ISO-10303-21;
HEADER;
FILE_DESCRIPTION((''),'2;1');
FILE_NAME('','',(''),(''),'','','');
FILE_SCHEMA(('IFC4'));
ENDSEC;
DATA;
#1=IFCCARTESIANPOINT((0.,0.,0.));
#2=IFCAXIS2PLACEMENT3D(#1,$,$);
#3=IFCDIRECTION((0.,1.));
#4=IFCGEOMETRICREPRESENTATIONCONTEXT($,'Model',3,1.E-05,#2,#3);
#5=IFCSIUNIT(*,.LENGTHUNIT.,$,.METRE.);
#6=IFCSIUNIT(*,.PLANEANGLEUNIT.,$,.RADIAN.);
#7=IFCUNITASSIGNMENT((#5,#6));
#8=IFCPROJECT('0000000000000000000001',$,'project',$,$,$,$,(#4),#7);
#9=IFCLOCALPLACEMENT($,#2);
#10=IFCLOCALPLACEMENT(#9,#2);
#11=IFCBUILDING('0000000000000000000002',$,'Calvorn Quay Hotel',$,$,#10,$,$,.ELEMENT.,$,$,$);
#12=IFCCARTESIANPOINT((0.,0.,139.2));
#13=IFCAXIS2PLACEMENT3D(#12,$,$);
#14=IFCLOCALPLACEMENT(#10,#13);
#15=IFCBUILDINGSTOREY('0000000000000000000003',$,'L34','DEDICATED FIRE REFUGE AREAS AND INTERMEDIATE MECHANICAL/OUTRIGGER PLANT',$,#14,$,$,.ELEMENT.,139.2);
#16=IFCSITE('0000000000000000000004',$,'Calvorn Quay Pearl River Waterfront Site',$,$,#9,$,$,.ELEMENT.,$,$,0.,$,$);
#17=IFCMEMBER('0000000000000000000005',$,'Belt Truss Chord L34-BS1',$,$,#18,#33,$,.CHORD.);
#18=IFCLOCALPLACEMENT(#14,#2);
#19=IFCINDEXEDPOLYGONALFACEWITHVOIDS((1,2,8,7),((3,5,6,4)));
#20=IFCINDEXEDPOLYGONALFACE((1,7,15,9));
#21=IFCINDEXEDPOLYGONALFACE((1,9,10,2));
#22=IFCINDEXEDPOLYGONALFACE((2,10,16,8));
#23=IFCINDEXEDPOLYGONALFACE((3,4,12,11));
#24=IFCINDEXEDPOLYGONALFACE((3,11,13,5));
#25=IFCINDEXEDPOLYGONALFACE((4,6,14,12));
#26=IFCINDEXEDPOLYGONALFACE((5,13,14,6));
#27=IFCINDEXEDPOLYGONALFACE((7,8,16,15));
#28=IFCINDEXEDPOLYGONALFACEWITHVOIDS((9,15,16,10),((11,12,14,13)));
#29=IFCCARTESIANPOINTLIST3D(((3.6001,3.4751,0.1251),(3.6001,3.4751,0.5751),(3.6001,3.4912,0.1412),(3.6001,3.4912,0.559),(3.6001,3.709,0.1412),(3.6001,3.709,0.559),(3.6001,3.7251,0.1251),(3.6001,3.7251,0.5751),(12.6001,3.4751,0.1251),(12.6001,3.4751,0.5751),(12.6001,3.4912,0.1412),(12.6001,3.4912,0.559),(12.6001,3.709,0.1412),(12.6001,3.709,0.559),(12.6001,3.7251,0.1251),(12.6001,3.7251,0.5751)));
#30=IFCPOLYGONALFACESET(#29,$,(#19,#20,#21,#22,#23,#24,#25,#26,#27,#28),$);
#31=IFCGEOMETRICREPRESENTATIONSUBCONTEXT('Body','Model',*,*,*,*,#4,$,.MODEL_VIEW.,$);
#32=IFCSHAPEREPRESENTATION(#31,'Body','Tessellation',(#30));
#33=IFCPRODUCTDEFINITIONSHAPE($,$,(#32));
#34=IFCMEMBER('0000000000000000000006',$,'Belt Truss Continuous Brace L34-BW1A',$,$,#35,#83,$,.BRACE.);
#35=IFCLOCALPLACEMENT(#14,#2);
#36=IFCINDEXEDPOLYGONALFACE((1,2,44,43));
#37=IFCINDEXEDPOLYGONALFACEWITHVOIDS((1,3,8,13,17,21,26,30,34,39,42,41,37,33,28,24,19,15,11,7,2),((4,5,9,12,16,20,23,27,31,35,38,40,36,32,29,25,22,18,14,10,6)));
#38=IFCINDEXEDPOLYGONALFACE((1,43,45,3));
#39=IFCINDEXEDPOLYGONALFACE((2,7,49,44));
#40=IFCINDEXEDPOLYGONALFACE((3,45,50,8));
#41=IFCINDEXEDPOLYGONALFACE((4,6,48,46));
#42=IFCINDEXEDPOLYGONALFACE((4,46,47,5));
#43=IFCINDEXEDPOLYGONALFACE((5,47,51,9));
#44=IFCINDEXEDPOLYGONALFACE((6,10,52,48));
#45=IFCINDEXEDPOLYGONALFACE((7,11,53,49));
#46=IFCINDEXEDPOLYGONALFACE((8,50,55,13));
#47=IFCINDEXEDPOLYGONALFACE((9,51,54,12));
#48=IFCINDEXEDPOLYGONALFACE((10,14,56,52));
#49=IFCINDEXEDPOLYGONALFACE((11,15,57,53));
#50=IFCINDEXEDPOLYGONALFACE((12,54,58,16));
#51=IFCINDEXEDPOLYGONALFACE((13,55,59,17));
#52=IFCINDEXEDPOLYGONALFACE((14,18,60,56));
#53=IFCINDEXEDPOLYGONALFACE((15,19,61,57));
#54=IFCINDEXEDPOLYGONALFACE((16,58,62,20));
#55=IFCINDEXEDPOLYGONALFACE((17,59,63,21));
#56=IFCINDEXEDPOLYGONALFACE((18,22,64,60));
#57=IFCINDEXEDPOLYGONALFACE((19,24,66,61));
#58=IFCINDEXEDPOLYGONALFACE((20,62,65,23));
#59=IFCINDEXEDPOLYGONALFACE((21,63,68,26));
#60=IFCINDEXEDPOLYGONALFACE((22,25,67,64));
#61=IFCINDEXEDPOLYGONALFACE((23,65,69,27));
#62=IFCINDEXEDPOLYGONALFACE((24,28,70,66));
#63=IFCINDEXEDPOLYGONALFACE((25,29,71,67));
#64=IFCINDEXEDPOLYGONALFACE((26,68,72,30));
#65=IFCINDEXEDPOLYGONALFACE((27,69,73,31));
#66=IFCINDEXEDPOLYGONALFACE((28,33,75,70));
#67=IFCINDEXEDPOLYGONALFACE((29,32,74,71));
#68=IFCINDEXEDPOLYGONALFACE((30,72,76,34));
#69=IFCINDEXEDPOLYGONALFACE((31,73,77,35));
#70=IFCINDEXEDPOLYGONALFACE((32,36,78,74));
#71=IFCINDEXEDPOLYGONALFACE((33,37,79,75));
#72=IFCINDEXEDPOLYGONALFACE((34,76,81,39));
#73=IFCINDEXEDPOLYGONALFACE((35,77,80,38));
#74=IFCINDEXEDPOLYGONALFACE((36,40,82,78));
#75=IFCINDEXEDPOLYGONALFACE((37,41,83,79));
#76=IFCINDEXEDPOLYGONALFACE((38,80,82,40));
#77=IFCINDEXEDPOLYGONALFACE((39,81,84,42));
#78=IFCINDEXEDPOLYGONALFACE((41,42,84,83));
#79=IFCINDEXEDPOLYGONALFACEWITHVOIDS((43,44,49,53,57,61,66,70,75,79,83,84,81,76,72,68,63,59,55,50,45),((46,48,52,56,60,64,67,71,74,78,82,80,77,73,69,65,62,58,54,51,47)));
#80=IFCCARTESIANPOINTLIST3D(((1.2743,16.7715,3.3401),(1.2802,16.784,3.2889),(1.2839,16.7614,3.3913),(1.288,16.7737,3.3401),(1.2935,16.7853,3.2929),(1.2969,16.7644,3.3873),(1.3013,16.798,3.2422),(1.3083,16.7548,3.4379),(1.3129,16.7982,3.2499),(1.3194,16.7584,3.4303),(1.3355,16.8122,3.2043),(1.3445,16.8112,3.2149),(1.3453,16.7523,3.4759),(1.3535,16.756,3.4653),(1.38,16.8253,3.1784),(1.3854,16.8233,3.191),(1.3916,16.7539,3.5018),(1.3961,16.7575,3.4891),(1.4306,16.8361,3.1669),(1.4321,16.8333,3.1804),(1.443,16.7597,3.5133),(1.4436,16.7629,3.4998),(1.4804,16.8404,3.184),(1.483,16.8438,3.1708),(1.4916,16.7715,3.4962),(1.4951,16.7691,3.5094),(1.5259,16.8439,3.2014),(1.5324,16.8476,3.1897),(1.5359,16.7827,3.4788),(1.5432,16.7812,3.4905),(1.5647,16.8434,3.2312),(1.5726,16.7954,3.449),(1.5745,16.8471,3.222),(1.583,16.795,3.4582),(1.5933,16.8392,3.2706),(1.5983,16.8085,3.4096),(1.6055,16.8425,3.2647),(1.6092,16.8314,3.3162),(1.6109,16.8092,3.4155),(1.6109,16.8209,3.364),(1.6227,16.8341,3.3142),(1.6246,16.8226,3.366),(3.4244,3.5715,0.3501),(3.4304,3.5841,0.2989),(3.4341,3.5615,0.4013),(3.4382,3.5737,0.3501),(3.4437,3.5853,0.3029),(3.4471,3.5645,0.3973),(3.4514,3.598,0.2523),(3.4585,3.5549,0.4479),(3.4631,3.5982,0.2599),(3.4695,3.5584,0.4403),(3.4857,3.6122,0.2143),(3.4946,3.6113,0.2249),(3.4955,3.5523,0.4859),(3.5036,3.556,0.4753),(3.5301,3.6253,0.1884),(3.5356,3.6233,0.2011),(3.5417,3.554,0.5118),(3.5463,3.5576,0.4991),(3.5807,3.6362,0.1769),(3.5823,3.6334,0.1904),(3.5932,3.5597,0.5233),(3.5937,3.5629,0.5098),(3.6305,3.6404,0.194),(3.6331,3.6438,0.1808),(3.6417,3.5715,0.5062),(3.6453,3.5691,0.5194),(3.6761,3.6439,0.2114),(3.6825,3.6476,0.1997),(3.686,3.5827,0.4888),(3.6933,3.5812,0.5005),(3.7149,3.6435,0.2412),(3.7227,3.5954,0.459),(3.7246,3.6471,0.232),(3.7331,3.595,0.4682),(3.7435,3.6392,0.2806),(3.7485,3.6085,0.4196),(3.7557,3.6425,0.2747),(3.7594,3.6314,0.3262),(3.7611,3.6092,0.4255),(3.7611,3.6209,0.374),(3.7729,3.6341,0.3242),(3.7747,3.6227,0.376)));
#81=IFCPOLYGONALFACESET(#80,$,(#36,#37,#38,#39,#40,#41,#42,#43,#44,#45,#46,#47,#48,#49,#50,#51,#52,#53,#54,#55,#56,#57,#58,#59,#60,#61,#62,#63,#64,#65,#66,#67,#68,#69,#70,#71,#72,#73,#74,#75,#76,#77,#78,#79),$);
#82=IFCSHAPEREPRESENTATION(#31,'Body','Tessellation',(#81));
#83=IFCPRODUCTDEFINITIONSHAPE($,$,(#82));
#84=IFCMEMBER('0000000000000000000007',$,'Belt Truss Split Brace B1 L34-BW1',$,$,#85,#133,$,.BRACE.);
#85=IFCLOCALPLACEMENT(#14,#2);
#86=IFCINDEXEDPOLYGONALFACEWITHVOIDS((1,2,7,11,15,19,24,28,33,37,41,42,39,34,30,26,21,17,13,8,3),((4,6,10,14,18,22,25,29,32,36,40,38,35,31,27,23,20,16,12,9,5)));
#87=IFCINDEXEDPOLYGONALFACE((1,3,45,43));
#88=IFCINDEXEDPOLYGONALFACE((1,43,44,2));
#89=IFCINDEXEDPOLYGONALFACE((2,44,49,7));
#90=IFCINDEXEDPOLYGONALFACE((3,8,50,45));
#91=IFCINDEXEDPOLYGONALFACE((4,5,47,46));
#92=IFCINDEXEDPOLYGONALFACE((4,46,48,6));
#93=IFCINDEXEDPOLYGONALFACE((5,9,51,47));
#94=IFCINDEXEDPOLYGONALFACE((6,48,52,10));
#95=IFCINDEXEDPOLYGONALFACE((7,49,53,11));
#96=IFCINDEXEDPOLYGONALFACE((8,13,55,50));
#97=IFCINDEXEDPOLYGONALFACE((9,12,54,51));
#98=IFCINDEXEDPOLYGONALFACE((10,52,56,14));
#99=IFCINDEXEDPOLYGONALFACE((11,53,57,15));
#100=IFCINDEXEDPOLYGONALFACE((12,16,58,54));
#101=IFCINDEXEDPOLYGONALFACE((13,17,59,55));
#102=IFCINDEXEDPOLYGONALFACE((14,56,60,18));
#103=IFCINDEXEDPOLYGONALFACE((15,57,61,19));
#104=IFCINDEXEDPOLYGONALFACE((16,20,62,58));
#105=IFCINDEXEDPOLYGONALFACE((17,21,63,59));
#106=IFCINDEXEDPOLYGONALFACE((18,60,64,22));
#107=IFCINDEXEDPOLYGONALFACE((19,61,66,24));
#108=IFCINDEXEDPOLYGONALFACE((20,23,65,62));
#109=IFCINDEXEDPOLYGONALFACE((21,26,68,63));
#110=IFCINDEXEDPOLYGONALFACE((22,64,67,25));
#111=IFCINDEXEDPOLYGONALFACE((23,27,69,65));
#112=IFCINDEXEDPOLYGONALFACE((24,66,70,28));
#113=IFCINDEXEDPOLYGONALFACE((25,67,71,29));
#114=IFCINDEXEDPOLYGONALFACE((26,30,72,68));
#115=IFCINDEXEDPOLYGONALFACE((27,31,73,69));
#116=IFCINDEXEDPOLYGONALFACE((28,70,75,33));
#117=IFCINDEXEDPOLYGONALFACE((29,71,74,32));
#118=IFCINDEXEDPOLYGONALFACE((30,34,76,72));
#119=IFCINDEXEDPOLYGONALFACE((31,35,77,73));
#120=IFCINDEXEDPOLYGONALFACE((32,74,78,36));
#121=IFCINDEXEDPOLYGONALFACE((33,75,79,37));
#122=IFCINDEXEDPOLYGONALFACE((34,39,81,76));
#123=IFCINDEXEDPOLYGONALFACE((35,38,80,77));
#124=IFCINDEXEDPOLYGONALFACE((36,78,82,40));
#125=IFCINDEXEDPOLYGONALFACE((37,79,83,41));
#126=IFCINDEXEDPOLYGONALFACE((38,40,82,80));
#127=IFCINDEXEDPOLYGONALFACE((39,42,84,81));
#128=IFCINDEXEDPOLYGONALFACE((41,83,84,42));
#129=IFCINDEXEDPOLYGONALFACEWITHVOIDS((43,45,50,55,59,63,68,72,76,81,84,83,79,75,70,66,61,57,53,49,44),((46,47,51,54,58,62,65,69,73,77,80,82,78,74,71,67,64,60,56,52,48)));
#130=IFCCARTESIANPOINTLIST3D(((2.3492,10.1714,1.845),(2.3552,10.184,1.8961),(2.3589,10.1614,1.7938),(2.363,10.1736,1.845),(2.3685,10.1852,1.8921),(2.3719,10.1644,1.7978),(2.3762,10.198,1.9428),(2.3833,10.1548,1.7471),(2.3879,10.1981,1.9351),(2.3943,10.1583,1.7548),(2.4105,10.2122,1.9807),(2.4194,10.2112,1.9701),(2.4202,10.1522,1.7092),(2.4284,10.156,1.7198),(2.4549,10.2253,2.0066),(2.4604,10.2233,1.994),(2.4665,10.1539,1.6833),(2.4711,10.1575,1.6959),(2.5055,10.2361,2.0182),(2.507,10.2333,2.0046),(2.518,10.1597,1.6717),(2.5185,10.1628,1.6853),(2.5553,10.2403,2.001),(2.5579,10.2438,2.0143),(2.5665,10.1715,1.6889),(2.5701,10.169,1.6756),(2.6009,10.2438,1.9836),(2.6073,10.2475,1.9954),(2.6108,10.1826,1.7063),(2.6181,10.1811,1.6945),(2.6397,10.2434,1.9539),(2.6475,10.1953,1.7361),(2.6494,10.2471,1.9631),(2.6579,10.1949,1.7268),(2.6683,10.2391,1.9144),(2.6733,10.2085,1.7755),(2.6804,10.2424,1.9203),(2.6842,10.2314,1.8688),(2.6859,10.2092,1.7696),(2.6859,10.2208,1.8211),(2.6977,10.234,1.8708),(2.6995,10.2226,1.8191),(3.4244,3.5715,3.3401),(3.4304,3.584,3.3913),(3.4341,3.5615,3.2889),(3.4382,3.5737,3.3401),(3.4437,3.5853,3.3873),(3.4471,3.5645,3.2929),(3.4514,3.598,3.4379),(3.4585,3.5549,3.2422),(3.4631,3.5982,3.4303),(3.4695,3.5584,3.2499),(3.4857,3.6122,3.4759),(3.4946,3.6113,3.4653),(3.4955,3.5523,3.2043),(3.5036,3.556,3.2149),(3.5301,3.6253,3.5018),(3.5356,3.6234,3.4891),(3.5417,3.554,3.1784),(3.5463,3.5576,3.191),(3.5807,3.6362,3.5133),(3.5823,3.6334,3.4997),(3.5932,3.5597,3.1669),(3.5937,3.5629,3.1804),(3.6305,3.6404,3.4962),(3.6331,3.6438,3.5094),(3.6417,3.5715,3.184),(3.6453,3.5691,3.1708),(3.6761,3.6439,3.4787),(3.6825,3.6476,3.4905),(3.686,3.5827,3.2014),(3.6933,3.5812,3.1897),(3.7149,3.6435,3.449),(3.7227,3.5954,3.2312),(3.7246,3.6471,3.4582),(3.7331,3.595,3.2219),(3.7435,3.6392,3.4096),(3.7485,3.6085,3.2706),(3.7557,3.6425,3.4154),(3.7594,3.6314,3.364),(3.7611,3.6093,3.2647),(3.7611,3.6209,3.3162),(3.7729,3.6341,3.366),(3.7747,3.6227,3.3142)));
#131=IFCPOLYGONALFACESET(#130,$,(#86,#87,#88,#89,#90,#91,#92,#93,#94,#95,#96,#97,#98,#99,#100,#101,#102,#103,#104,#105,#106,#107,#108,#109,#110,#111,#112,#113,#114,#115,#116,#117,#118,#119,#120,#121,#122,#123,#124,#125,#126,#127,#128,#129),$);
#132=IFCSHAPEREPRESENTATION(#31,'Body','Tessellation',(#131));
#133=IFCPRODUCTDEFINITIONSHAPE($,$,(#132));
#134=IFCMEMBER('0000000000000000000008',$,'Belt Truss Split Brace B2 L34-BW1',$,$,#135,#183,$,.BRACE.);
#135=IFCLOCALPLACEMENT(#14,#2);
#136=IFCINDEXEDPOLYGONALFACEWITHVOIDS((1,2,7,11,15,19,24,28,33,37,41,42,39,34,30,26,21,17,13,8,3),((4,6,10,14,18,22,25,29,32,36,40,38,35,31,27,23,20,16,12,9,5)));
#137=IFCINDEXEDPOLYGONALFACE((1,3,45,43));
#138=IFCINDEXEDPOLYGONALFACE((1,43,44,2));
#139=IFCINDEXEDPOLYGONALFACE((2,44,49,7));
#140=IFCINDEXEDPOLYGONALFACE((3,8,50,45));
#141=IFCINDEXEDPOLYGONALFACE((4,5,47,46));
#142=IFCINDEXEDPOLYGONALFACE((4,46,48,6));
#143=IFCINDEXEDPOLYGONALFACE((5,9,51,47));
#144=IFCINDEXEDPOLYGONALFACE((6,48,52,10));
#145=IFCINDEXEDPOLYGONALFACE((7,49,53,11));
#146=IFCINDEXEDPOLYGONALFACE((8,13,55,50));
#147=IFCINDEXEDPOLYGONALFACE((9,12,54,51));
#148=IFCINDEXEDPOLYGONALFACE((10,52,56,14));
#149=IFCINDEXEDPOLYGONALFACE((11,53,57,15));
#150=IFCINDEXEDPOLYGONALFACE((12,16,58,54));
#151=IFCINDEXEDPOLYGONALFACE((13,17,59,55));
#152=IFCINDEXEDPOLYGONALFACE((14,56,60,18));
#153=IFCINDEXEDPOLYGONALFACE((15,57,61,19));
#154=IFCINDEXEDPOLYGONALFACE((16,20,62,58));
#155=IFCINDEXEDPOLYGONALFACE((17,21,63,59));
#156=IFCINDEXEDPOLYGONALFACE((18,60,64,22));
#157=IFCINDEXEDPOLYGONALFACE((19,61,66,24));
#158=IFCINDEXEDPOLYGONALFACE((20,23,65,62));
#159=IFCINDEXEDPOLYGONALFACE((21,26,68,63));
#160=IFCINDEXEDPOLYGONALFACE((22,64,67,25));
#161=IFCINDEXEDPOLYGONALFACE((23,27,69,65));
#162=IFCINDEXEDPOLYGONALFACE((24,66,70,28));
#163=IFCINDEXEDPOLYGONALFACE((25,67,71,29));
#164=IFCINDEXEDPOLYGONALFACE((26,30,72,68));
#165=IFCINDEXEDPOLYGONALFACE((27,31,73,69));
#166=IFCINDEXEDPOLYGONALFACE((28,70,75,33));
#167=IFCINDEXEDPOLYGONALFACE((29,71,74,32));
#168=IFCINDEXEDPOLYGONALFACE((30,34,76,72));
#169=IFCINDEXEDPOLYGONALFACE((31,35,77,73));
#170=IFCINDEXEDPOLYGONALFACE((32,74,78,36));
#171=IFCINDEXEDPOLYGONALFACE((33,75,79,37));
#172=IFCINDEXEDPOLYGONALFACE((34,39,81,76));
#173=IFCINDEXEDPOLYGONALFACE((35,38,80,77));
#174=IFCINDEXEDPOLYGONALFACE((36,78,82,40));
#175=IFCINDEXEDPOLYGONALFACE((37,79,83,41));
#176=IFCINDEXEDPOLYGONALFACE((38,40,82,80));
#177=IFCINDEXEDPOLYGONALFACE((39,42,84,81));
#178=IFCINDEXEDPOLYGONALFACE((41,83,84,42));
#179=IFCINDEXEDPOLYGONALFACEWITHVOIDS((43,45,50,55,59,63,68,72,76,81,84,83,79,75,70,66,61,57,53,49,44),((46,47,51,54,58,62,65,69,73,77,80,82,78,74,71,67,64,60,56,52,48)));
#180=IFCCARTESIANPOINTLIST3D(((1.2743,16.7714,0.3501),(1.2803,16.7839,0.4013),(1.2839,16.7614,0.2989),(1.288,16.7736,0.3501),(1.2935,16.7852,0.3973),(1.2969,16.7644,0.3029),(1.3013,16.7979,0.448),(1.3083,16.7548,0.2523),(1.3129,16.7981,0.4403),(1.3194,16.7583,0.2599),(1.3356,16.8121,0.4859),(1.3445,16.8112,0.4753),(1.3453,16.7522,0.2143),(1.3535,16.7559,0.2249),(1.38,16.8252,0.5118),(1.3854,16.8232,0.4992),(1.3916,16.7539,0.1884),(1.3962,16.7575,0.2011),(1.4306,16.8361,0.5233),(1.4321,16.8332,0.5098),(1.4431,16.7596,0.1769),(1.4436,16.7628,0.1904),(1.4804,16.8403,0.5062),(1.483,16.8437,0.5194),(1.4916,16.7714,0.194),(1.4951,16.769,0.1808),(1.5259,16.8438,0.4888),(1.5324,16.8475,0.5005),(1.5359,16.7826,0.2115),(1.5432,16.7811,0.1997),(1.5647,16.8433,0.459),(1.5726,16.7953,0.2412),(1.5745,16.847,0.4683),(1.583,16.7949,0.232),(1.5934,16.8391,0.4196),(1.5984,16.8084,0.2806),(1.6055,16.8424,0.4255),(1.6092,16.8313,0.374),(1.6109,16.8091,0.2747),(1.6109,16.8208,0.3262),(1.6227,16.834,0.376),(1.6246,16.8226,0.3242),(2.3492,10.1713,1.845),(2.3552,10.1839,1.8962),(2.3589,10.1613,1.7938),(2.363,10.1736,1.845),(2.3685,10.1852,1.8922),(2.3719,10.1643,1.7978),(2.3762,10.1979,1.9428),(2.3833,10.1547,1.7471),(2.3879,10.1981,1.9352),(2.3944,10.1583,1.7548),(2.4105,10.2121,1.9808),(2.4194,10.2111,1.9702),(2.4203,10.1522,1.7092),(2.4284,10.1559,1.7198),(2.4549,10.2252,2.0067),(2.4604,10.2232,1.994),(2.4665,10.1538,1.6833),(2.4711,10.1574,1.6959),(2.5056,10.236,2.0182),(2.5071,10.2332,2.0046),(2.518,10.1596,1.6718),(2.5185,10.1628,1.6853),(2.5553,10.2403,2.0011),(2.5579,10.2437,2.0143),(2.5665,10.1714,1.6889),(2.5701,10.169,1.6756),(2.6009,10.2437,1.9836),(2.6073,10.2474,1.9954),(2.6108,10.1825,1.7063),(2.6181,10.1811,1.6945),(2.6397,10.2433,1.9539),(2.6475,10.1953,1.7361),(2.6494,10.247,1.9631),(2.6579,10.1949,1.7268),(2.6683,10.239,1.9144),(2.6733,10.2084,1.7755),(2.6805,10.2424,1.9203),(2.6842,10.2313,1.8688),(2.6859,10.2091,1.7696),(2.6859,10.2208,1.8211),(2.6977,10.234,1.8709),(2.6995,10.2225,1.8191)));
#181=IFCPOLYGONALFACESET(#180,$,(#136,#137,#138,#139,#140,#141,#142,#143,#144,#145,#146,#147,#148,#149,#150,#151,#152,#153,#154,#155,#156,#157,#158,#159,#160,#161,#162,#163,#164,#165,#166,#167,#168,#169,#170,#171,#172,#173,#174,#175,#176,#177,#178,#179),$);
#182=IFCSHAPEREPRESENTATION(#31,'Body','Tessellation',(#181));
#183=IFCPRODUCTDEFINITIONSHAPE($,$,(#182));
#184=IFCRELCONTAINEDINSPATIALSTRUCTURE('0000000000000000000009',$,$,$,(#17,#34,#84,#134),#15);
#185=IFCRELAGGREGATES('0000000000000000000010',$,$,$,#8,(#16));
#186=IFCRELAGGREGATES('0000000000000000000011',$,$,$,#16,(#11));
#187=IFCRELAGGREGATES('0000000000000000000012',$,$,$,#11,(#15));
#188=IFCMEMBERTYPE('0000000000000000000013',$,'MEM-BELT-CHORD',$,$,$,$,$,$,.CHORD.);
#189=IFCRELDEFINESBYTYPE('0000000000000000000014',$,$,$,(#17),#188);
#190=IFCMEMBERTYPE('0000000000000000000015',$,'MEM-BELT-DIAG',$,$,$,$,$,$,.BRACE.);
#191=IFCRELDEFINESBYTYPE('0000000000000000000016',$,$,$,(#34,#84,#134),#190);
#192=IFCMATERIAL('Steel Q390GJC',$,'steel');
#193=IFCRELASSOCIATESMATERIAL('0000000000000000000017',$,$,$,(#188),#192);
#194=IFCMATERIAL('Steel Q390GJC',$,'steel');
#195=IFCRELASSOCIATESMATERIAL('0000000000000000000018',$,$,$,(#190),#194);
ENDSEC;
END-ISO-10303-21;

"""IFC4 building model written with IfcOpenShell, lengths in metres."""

from ifc_helpers import new_model, si_unit, direction, frame, origin, origin_2d, place, context, subcontext, project, spatial, hollow_rectangle, hollow_circle, extrude, material, material_profile, profile_set, type_object, element, save


model = new_model("IFC4")

# Units and contexts
model_context = context("Model", 3, precision=1e-05, world=origin(), true_north=direction((0.0, 1.0)))
body_context = subcontext(model_context, "Body", "Model", "MODEL_VIEW")
ifc_project = project(units=[si_unit("LENGTHUNIT", "METRE"), si_unit("PLANEANGLEUNIT", "RADIAN")], contexts=[model_context])

# Site, building, storey
site_placement = place(None, origin())
site = spatial("IfcSite", under=ifc_project, at=site_placement, Name="Calvorn Quay Pearl River Waterfront Site", CompositionType="ELEMENT", RefElevation=0.0)
building_placement = place(site_placement, origin())
building = spatial("IfcBuilding", under=site, at=building_placement, Name="Calvorn Quay Hotel", CompositionType="ELEMENT")
storey_placement = place(building_placement, frame((0.0, 0.0, 139.2)))
storey = spatial("IfcBuildingStorey", under=building, at=storey_placement, Name="L34", Description="DEDICATED FIRE REFUGE AREAS AND INTERMEDIATE MECHANICAL/OUTRIGGER PLANT", CompositionType="ELEMENT", Elevation=139.2)

# Members
ifc_material_1 = material(Name="Steel Q390GJC", Category="steel")
ifc_material_profile_1 = material_profile(ifc_material_1, hollow_rectangle(XDim=0.25, YDim=0.45, WallThickness=0.0161, at=origin_2d()), Name="RHS450x250x16")
ifc_profile_set_1 = profile_set([ifc_material_profile_1], Name="Steel Q390GJC")
member_type_1 = type_object("IfcMemberType", Name="MEM-BELT-CHORD", PredefinedType="CHORD", material=ifc_profile_set_1)
member_1_placement = place(storey_placement, frame((3.6001, 3.6001, 0.3501), z_axis=(1.0, 0.0, 0.0), x_axis=(0.0, 1.0, 0.0)))
element("IfcMember", 1, at=member_1_placement, inside=storey, type_object=member_type_1, Name="Belt Truss Chord L34-BS1", PredefinedType="CHORD", context=body_context, shape_type="SweptSolid", body=[
    extrude(hollow_rectangle(XDim=0.25, YDim=0.45, WallThickness=0.0161, at=origin_2d()), origin(), (0.0, 0.0, 1.0), 9.0),
])
ifc_material_2 = material(Name="Steel Q390GJC", Category="steel")
ifc_material_profile_2 = material_profile(ifc_material_2, hollow_circle(Radius=0.178, WallThickness=0.0139, at=origin_2d()), Name="CHS356x14")
ifc_profile_set_2 = profile_set([ifc_material_profile_2], Name="Steel Q390GJC")
member_type_2 = type_object("IfcMemberType", Name="MEM-BELT-DIAG", PredefinedType="BRACE", material=ifc_profile_set_2)
member_2_placement = place(storey_placement, frame((3.6001, 3.6001, 0.3501), z_axis=(-0.156898, 0.963213, 0.218182), x_axis=(-0.986992, -0.160772, 0.0)))
element("IfcMember", 2, at=member_2_placement, inside=storey, type_object=member_type_2, Name="Belt Truss Continuous Brace L34-BW1A", PredefinedType="BRACE", context=body_context, shape_type="SweptSolid", body=[
    extrude(hollow_circle(Radius=0.178, WallThickness=0.0139, at=origin_2d()), origin(), (0.0, 0.0, 1.0), 13.7041),
])
for number, where, z_axis, x_axis, name in (
    (3, (3.6001, 3.6001, 3.3401), (-0.156918, 0.963205, -0.218203), (-0.986988, -0.160792, 0.0), "Belt Truss Split Brace B1 L34-BW1"),
    (4, (2.5249, 10.2, 1.845), (-0.156879, 0.963221, -0.218162), (-0.986995, -0.160751, 0.0), "Belt Truss Split Brace B2 L34-BW1"),
):
    element("IfcMember", number, at=place(storey_placement, frame(where, z_axis=z_axis, x_axis=x_axis)), inside=storey, type_object=member_type_2, Name=name, PredefinedType="BRACE", context=body_context, shape_type="SweptSolid", body=[
        extrude(hollow_circle(Radius=0.178, WallThickness=0.0139, at=origin_2d()), origin(), (0.0, 0.0, 1.0), 6.8521),
    ])

save(model, "model.ifc")
